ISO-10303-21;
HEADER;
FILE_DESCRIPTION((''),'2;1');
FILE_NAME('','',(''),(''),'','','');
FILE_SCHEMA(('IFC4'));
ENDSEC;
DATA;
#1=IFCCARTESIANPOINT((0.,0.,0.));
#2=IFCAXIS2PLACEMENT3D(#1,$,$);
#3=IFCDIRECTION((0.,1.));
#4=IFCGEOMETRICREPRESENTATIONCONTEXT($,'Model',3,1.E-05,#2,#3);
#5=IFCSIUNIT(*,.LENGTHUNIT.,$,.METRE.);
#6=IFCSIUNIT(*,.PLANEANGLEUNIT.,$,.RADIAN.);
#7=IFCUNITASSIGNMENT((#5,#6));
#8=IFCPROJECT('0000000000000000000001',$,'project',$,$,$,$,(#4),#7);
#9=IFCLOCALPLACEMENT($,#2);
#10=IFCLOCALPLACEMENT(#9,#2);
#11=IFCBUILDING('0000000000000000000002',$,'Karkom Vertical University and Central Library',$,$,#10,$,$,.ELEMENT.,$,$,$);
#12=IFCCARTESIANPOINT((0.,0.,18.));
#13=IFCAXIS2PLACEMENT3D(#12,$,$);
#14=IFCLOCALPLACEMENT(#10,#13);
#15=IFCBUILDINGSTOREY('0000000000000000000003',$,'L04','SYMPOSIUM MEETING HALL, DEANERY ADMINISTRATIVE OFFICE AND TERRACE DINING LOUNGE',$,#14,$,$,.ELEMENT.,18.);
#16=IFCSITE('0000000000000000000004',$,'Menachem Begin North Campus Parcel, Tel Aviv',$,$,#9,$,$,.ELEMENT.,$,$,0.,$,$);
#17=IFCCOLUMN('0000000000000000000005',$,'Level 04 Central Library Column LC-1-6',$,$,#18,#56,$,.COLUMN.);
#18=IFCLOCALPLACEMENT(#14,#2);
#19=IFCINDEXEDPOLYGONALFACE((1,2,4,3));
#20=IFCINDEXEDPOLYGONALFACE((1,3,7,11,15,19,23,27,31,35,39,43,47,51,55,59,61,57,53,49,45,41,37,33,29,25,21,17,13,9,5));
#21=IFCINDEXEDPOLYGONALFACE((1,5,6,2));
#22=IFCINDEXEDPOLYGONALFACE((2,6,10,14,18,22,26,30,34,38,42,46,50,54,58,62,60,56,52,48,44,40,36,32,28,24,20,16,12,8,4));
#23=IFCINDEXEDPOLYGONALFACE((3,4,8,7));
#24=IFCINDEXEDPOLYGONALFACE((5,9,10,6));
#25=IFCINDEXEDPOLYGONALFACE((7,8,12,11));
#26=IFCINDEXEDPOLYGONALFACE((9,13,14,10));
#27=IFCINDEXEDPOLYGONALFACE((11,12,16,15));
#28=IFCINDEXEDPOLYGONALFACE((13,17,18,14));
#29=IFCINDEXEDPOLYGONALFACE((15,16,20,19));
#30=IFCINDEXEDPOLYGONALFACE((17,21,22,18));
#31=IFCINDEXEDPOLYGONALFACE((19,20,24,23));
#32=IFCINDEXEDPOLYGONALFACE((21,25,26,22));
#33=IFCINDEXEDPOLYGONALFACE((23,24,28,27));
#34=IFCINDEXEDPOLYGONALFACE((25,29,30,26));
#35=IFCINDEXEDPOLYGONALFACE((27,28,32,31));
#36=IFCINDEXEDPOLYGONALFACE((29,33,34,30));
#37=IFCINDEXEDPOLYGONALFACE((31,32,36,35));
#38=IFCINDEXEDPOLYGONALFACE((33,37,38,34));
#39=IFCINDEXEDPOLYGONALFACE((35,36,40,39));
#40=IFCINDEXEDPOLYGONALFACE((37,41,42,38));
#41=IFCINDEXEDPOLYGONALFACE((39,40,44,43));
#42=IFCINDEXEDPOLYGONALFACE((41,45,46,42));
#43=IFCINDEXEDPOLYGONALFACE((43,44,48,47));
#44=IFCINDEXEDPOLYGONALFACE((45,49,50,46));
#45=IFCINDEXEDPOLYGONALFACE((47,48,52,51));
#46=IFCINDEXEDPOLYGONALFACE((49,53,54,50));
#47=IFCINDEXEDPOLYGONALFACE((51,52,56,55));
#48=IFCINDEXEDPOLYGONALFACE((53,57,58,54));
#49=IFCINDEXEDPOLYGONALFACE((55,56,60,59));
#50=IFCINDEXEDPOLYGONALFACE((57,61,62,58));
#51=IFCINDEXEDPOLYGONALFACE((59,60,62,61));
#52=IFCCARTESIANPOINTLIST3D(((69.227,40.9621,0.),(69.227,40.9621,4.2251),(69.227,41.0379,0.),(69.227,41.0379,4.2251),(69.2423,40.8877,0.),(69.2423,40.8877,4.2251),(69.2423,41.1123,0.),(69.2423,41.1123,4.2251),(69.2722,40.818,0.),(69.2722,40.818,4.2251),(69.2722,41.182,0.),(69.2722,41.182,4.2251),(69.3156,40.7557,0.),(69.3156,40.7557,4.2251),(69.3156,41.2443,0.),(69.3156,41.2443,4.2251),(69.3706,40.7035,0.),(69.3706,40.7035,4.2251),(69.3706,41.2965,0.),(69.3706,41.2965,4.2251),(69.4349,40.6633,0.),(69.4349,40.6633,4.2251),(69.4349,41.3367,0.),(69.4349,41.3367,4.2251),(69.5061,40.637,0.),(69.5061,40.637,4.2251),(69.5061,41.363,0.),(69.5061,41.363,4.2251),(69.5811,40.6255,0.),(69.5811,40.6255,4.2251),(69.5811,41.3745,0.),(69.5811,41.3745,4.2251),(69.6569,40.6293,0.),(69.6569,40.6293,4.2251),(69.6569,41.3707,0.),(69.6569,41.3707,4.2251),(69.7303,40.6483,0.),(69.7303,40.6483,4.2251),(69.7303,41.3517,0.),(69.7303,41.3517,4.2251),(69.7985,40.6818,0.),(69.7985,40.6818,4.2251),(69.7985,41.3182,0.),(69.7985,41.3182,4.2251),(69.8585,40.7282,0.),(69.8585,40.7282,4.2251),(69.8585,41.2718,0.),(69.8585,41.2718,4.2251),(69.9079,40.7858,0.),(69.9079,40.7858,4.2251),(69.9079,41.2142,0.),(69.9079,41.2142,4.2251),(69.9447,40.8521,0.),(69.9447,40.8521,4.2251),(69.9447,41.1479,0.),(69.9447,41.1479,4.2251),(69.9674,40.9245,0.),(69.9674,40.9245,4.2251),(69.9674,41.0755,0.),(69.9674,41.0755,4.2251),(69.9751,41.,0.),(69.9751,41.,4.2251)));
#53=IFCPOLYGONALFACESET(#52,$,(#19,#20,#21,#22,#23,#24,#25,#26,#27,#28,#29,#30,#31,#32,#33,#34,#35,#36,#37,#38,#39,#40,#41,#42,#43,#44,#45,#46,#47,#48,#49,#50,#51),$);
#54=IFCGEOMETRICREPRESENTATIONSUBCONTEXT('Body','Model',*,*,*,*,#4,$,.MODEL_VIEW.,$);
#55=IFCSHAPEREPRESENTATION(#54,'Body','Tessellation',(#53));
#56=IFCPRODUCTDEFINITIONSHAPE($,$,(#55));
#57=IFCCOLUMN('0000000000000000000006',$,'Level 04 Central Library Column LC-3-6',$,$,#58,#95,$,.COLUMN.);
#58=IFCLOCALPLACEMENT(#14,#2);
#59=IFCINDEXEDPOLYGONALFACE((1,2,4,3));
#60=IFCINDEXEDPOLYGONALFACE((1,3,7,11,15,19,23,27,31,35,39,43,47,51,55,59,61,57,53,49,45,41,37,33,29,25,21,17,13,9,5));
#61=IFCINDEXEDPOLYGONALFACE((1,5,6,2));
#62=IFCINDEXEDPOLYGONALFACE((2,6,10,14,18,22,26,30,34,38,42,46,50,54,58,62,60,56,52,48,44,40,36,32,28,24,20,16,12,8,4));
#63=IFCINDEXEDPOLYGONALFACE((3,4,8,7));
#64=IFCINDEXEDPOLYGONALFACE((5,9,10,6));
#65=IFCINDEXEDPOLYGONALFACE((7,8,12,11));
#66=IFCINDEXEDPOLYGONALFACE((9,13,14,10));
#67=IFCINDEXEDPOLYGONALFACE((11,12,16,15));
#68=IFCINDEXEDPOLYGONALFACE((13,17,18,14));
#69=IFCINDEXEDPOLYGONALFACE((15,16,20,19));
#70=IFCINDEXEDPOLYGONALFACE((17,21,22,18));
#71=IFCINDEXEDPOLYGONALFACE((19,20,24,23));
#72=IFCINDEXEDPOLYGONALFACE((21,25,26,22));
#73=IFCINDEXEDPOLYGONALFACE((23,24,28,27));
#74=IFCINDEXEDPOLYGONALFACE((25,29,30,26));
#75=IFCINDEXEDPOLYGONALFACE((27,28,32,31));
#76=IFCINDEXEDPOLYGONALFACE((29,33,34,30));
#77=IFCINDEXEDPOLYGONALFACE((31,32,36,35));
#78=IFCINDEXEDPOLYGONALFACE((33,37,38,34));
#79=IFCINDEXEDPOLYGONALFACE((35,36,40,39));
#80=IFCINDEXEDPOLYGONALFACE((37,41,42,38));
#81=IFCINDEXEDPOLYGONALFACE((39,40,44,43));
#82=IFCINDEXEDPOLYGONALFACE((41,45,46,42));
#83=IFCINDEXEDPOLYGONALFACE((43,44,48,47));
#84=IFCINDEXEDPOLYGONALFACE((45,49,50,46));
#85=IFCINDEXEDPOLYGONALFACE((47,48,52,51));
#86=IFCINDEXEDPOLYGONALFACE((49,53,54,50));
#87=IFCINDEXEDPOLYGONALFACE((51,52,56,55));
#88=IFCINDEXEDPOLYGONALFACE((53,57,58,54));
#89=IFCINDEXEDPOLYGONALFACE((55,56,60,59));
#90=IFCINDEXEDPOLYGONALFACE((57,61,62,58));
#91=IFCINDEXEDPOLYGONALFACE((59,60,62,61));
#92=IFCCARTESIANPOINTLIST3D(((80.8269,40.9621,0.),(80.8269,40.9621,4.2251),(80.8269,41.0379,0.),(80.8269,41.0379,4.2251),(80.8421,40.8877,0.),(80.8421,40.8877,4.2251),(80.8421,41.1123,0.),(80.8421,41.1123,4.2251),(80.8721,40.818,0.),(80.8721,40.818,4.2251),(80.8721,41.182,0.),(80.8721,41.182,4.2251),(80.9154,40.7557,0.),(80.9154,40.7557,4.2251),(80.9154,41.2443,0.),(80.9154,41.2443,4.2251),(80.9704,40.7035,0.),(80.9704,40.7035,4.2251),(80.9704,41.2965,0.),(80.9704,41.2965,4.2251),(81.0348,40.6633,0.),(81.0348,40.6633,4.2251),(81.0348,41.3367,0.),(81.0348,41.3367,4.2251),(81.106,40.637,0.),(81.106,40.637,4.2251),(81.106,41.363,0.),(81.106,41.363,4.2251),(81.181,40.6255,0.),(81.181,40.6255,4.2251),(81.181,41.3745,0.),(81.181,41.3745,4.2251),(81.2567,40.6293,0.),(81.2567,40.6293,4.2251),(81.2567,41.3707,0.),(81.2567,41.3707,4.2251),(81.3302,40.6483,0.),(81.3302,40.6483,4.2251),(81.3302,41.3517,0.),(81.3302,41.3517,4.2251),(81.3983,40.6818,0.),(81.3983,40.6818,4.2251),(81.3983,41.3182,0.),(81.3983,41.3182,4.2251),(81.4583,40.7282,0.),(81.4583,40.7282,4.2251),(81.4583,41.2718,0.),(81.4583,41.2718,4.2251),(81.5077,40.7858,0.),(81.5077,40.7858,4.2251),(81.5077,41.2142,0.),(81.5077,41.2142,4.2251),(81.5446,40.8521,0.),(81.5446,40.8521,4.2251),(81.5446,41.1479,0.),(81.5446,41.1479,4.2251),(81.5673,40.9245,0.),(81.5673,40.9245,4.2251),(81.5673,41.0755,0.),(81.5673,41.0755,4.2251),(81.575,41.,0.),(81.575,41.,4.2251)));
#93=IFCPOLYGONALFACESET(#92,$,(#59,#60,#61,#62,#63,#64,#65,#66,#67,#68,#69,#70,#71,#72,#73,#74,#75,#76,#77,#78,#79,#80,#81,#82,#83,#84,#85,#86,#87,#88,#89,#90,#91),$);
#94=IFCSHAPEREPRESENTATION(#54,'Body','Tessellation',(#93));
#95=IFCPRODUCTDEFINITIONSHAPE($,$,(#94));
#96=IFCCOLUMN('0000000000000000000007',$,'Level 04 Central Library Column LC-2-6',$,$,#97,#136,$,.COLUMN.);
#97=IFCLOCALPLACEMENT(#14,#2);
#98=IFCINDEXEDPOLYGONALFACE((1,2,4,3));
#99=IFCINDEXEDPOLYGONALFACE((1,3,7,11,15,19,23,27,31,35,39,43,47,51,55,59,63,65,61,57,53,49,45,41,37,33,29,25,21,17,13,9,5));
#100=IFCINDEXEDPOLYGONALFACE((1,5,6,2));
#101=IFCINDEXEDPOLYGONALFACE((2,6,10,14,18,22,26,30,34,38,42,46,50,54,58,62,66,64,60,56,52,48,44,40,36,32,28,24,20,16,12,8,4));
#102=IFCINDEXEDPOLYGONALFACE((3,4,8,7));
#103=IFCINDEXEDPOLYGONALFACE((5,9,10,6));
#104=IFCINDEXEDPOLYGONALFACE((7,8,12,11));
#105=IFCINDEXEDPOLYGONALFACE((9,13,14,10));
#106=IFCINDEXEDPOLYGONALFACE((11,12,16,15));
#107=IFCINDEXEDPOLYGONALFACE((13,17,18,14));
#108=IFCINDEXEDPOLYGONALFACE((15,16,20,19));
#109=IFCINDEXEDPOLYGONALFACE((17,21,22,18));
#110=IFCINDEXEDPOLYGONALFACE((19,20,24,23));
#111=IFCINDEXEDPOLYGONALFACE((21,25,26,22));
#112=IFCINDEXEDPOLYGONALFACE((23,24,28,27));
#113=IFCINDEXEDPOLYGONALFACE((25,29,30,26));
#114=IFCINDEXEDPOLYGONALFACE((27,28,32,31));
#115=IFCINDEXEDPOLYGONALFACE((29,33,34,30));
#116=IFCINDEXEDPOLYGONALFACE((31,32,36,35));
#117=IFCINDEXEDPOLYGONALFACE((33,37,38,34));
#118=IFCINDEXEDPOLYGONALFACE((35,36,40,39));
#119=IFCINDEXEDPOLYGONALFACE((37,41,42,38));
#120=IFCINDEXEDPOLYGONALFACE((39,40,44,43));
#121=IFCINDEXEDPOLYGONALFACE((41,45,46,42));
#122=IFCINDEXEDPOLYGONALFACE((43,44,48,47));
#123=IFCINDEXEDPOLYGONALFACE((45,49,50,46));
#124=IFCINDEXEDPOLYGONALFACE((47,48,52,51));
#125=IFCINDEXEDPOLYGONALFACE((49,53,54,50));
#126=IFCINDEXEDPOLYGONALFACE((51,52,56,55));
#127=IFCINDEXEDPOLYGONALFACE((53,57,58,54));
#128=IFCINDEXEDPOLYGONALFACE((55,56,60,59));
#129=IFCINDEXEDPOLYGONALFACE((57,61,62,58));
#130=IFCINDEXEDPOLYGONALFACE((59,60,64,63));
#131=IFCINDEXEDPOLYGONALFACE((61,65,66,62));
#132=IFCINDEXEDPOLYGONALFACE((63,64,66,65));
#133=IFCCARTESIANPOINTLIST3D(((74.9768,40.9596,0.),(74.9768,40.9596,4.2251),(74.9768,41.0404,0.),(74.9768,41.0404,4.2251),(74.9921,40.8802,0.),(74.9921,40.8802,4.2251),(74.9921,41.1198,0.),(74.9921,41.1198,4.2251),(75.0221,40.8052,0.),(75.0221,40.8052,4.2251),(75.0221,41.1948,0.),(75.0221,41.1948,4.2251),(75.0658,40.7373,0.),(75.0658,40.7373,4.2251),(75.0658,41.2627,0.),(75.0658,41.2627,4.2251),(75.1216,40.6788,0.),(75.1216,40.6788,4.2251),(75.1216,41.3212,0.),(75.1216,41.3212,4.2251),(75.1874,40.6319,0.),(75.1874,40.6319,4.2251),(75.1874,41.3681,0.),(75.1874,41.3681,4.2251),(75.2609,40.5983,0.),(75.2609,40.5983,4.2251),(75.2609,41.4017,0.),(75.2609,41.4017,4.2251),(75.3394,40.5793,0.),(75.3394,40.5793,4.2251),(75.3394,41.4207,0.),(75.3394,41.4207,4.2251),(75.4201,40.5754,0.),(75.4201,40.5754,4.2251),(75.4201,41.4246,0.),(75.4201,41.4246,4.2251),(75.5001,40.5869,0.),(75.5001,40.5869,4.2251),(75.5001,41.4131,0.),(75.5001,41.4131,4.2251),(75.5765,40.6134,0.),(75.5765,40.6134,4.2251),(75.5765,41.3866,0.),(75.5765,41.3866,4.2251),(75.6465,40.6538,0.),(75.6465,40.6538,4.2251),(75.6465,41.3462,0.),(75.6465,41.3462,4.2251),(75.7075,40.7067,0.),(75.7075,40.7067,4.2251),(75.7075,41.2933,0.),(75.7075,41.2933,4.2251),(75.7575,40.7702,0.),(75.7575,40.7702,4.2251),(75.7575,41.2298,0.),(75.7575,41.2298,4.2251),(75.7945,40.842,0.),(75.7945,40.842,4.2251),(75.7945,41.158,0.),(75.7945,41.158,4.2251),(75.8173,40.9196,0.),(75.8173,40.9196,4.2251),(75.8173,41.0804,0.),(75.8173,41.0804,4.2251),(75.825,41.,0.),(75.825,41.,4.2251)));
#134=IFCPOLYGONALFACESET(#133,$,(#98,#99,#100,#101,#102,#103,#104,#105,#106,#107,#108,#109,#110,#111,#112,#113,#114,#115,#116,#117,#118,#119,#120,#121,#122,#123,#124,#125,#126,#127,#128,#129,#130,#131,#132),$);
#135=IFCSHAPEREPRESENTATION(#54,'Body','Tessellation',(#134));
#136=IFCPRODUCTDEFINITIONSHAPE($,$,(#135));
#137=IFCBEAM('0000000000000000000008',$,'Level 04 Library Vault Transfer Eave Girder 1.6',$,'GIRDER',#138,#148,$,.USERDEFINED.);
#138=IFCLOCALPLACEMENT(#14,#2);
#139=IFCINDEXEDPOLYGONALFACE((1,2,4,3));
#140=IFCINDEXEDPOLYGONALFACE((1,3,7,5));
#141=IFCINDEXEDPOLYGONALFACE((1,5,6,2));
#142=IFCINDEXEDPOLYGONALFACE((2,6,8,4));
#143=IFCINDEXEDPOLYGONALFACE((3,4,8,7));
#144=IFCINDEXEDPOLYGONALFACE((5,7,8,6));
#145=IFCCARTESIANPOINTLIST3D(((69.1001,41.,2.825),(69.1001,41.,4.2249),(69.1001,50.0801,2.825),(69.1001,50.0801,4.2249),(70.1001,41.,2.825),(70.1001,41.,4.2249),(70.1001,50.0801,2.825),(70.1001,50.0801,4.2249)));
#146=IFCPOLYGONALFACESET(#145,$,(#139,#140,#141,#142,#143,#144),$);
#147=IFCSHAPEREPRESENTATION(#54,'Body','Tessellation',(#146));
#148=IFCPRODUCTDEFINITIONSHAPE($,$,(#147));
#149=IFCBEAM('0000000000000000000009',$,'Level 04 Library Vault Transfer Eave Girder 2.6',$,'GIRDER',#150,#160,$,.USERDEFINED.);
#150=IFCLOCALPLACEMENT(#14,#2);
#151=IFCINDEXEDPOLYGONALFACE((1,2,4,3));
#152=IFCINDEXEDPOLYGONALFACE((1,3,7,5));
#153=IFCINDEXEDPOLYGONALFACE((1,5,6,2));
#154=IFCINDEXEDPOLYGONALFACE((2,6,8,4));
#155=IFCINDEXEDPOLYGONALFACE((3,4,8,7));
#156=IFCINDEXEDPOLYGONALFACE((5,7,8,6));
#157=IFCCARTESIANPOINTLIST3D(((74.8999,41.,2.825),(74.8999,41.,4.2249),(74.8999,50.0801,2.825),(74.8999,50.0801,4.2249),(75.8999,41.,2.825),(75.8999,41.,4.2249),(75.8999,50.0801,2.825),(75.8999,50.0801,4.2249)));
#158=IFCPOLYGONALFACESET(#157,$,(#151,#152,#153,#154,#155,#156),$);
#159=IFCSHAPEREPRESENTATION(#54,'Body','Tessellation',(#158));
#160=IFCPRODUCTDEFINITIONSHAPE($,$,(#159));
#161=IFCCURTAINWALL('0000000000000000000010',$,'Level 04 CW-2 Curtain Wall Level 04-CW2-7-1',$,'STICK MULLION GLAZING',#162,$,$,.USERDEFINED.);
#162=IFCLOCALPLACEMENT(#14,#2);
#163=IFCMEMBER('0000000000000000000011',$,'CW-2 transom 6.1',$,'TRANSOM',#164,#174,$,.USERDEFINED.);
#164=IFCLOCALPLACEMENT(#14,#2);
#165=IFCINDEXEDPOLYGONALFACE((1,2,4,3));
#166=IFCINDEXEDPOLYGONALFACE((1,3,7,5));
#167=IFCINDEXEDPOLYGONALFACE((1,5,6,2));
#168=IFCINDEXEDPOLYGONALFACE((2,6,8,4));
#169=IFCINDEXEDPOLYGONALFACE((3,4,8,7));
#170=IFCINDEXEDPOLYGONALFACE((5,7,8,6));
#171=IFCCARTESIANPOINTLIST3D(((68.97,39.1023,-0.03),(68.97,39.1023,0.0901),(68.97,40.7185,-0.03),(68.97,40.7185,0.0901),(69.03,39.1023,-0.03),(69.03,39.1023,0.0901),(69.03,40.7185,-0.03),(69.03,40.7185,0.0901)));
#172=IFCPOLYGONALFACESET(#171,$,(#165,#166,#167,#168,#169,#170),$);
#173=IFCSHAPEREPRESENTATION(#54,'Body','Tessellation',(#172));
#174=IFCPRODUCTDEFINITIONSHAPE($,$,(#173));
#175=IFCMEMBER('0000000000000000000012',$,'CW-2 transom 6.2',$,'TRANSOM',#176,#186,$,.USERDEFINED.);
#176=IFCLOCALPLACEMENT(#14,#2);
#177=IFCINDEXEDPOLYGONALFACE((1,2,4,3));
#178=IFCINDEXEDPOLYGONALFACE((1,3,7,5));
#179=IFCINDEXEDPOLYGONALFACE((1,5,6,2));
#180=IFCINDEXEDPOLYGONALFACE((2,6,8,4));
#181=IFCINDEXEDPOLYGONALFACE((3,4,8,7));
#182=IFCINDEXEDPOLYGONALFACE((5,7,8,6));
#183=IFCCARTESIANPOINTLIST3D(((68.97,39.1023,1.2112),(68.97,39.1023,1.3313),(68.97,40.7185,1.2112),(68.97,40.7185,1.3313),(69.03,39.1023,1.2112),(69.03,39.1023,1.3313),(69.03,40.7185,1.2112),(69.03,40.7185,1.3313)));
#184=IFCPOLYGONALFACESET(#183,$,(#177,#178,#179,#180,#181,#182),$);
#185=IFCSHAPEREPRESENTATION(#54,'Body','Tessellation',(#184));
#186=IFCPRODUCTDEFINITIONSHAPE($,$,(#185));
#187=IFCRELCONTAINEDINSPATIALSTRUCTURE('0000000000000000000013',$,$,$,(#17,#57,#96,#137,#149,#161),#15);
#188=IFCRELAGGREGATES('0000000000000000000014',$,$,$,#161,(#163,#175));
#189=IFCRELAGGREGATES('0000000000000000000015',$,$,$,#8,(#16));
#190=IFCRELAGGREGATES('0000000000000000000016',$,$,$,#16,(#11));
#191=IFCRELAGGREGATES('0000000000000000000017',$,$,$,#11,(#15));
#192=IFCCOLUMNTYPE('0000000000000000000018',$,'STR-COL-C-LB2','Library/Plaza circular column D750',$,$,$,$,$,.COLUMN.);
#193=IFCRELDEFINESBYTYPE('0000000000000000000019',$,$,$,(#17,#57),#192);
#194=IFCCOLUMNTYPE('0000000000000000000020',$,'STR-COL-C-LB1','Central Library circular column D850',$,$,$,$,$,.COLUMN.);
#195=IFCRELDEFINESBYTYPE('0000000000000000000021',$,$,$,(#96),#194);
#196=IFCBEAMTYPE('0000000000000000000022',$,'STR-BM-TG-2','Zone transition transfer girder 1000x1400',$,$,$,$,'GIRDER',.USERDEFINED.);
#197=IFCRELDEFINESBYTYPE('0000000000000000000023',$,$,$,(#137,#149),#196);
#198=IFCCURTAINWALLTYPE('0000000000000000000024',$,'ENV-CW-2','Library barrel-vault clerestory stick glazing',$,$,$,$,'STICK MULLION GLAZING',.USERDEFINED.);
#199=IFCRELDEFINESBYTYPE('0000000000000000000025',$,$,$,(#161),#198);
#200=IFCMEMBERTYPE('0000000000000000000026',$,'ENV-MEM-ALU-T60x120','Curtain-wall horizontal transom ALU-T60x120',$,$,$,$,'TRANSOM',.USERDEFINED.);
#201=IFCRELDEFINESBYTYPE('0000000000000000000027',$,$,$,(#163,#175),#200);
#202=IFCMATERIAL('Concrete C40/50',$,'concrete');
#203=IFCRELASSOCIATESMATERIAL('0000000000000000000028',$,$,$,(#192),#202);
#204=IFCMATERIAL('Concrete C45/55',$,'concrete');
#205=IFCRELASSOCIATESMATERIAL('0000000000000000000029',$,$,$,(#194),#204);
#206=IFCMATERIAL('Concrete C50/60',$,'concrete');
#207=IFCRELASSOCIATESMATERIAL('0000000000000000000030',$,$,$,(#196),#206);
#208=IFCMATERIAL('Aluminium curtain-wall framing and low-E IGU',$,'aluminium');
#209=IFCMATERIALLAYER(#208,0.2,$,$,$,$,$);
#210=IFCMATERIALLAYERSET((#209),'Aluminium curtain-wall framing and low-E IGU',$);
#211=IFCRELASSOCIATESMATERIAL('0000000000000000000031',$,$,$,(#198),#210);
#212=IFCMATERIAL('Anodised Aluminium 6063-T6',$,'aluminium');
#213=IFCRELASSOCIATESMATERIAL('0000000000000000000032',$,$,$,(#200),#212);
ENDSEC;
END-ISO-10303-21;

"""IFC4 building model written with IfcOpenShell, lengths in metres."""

from ifc_helpers import new_model, si_unit, direction, frame, origin, origin_with_axes, origin_2d, place, context, subcontext, project, spatial, rectangle, circle, extrude, source, transform, mapped, material, layer, layer_set, material_profile, profile_set, type_object, element, aggregate, save


model = new_model("IFC4")

# Units and contexts
model_context = context("Model", 3, precision=1e-05, world=origin(), true_north=direction((0.0, 1.0)))
body_context = subcontext(model_context, "Body", "Model", "MODEL_VIEW")
ifc_project = project(units=[si_unit("LENGTHUNIT", "METRE"), si_unit("PLANEANGLEUNIT", "RADIAN")], contexts=[model_context])

# Site, building, storey
site_placement = place(None, origin())
site = spatial("IfcSite", under=ifc_project, at=site_placement, Name="Menachem Begin North Campus Parcel, Tel Aviv", CompositionType="ELEMENT", RefElevation=0.0)
building_placement = place(site_placement, origin())
building = spatial("IfcBuilding", under=site, at=building_placement, Name="Karkom Vertical University and Central Library", CompositionType="ELEMENT")
storey_placement = place(building_placement, frame((0.0, 0.0, 18.0)))
storey = spatial("IfcBuildingStorey", under=building, at=storey_placement, Name="L04", Description="SYMPOSIUM MEETING HALL, DEANERY ADMINISTRATIVE OFFICE AND TERRACE DINING LOUNGE", CompositionType="ELEMENT", Elevation=18.0)

# Columns
ifc_material_1 = material(Name="Concrete C40/50", Category="concrete")
ifc_material_profile_1 = material_profile(ifc_material_1, circle(Radius=0.375, at=origin_2d()), Name="RC-D750")
ifc_profile_set_1 = profile_set([ifc_material_profile_1], Name="Concrete C40/50")
column_type_1 = type_object("IfcColumnType", Name="STR-COL-C-LB2", Description="Library/Plaza circular column D750", PredefinedType="COLUMN", material=ifc_profile_set_1)
shared_shape_1 = source(origin_with_axes(), body_context, "Body", "SweptSolid", [
    extrude(circle(Radius=0.375, at=origin_2d()), origin(), (0.0, 0.0, 1.0), 4.2251),
])
for number, where, z_axis, x_axis, name in (
    (1, (69.6001, 41.0, 0.0), (0.0, 0.0, 1.0), (1.0, 0.0, 0.0), "Level 04 Central Library Column LC-1-6"),
    (2, (81.2, 41.0, 0.0), (0.0, 0.0, 1.0), (1.0, 0.0, 0.0), "Level 04 Central Library Column LC-3-6"),
):
    element("IfcColumn", number, at=place(storey_placement, frame(where, z_axis=z_axis, x_axis=x_axis)), inside=storey, type_object=column_type_1, Name=name, PredefinedType="COLUMN", context=body_context, shape_type="MappedRepresentation", body=[
        mapped(shared_shape_1, transform((0.0, 0.0, 0.0), scale=1.0)),
    ])
ifc_material_2 = material(Name="Concrete C45/55", Category="concrete")
ifc_material_profile_2 = material_profile(ifc_material_2, circle(Radius=0.425, at=origin_2d()), Name="RC-D850")
ifc_profile_set_2 = profile_set([ifc_material_profile_2], Name="Concrete C45/55")
column_type_2 = type_object("IfcColumnType", Name="STR-COL-C-LB1", Description="Central Library circular column D850", PredefinedType="COLUMN", material=ifc_profile_set_2)
shared_shape_2 = source(origin_with_axes(), body_context, "Body", "SweptSolid", [
    extrude(circle(Radius=0.425, at=origin_2d()), origin(), (0.0, 0.0, 1.0), 4.2251),
])
column_placement = place(storey_placement, frame((75.3999, 41.0, 0.0), z_axis=(0.0, 0.0, 1.0), x_axis=(1.0, 0.0, 0.0)))
element("IfcColumn", 3, at=column_placement, inside=storey, type_object=column_type_2, Name="Level 04 Central Library Column LC-2-6", PredefinedType="COLUMN", context=body_context, shape_type="MappedRepresentation", body=[
    mapped(shared_shape_2, transform((0.0, 0.0, 0.0), scale=1.0)),
])

# Beams
ifc_material_3 = material(Name="Concrete C50/60", Category="concrete")
ifc_material_profile_3 = material_profile(ifc_material_3, rectangle(XDim=1.0, YDim=1.3999, at=origin_2d()), Name="TG-1000x1400")
ifc_profile_set_3 = profile_set([ifc_material_profile_3], Name="Concrete C50/60")
beam_type = type_object("IfcBeamType", Name="STR-BM-TG-2", Description="Zone transition transfer girder 1000x1400", ElementType="GIRDER", PredefinedType="USERDEFINED", material=ifc_profile_set_3)
shared_shape_3 = source(origin_with_axes(), body_context, "Body", "SweptSolid", [
    extrude(rectangle(XDim=1.0, YDim=1.3999, at=origin_2d()), origin(), (0.0, 0.0, 1.0), 9.0801),
])
for number, where, z_axis, x_axis, name in (
    (4, (69.6001, 41.0, 3.5249), (0.0, 1.0, 0.0), (-1.0, 0.0, 0.0), "Level 04 Library Vault Transfer Eave Girder 1.6"),
    (5, (75.3999, 41.0, 3.5249), (0.0, 1.0, 0.0), (-1.0, 0.0, 0.0), "Level 04 Library Vault Transfer Eave Girder 2.6"),
):
    element("IfcBeam", number, at=place(storey_placement, frame(where, z_axis=z_axis, x_axis=x_axis)), inside=storey, type_object=beam_type, Name=name, ObjectType="GIRDER", PredefinedType="USERDEFINED", context=body_context, shape_type="MappedRepresentation", body=[
        mapped(shared_shape_3, transform((0.0, 0.0, 0.0), scale=1.0)),
    ])

# Curtain wall, members
ifc_material_4 = material(Name="Aluminium curtain-wall framing and low-E IGU", Category="aluminium")
ifc_layer_1 = layer(ifc_material_4, 0.2)
ifc_layer_set_1 = layer_set([ifc_layer_1], Name="Aluminium curtain-wall framing and low-E IGU")
curtain_wall_type = type_object("IfcCurtainWallType", Name="ENV-CW-2", Description="Library barrel-vault clerestory stick glazing", ElementType="STICK MULLION GLAZING", PredefinedType="USERDEFINED", material=ifc_layer_set_1)
curtain_wall_placement = place(storey_placement, origin())
curtain_wall = element("IfcCurtainWall", 6, at=curtain_wall_placement, inside=storey, type_object=curtain_wall_type, Name="Level 04 CW-2 Curtain Wall Level 04-CW2-7-1", ObjectType="STICK MULLION GLAZING", PredefinedType="USERDEFINED")
ifc_material_5 = material(Name="Anodised Aluminium 6063-T6", Category="aluminium")
ifc_material_profile_4 = material_profile(ifc_material_5, rectangle(XDim=0.0601, YDim=0.1201, at=origin_2d()), Name="ALU-T60x120")
ifc_profile_set_4 = profile_set([ifc_material_profile_4], Name="Anodised Aluminium 6063-T6")
member_type = type_object("IfcMemberType", Name="ENV-MEM-ALU-T60x120", Description="Curtain-wall horizontal transom ALU-T60x120", ElementType="TRANSOM", PredefinedType="USERDEFINED", material=ifc_profile_set_4)
shared_shape_4 = source(origin_with_axes(), body_context, "Body", "SweptSolid", [
    extrude(rectangle(XDim=0.0601, YDim=0.1201, at=origin_2d()), origin(), (0.0, 0.0, 1.0), 1.6162),
])
member_1_placement = place(storey_placement, frame((69.0, 40.7185, 0.03), z_axis=(0.0, -1.0, 0.0), x_axis=(1.0, 0.0, 0.0)))
member_1 = element("IfcMember", 7, at=member_1_placement, type_object=member_type, Name="CW-2 transom 6.1", ObjectType="TRANSOM", PredefinedType="USERDEFINED", context=body_context, shape_type="MappedRepresentation", body=[
    mapped(shared_shape_4, transform((0.0, 0.0, 0.0), scale=1.0)),
])
member_2_placement = place(storey_placement, frame((69.0, 40.7185, 1.2712), z_axis=(0.0, -1.0, 0.0), x_axis=(1.0, 0.0, 0.0)))
member_2 = element("IfcMember", 8, at=member_2_placement, type_object=member_type, Name="CW-2 transom 6.2", ObjectType="TRANSOM", PredefinedType="USERDEFINED", context=body_context, shape_type="MappedRepresentation", body=[
    mapped(shared_shape_4, transform((0.0, 0.0, 0.0), scale=1.0)),
])
aggregate(curtain_wall, [member_1, member_2])

save(model, "model.ifc")
